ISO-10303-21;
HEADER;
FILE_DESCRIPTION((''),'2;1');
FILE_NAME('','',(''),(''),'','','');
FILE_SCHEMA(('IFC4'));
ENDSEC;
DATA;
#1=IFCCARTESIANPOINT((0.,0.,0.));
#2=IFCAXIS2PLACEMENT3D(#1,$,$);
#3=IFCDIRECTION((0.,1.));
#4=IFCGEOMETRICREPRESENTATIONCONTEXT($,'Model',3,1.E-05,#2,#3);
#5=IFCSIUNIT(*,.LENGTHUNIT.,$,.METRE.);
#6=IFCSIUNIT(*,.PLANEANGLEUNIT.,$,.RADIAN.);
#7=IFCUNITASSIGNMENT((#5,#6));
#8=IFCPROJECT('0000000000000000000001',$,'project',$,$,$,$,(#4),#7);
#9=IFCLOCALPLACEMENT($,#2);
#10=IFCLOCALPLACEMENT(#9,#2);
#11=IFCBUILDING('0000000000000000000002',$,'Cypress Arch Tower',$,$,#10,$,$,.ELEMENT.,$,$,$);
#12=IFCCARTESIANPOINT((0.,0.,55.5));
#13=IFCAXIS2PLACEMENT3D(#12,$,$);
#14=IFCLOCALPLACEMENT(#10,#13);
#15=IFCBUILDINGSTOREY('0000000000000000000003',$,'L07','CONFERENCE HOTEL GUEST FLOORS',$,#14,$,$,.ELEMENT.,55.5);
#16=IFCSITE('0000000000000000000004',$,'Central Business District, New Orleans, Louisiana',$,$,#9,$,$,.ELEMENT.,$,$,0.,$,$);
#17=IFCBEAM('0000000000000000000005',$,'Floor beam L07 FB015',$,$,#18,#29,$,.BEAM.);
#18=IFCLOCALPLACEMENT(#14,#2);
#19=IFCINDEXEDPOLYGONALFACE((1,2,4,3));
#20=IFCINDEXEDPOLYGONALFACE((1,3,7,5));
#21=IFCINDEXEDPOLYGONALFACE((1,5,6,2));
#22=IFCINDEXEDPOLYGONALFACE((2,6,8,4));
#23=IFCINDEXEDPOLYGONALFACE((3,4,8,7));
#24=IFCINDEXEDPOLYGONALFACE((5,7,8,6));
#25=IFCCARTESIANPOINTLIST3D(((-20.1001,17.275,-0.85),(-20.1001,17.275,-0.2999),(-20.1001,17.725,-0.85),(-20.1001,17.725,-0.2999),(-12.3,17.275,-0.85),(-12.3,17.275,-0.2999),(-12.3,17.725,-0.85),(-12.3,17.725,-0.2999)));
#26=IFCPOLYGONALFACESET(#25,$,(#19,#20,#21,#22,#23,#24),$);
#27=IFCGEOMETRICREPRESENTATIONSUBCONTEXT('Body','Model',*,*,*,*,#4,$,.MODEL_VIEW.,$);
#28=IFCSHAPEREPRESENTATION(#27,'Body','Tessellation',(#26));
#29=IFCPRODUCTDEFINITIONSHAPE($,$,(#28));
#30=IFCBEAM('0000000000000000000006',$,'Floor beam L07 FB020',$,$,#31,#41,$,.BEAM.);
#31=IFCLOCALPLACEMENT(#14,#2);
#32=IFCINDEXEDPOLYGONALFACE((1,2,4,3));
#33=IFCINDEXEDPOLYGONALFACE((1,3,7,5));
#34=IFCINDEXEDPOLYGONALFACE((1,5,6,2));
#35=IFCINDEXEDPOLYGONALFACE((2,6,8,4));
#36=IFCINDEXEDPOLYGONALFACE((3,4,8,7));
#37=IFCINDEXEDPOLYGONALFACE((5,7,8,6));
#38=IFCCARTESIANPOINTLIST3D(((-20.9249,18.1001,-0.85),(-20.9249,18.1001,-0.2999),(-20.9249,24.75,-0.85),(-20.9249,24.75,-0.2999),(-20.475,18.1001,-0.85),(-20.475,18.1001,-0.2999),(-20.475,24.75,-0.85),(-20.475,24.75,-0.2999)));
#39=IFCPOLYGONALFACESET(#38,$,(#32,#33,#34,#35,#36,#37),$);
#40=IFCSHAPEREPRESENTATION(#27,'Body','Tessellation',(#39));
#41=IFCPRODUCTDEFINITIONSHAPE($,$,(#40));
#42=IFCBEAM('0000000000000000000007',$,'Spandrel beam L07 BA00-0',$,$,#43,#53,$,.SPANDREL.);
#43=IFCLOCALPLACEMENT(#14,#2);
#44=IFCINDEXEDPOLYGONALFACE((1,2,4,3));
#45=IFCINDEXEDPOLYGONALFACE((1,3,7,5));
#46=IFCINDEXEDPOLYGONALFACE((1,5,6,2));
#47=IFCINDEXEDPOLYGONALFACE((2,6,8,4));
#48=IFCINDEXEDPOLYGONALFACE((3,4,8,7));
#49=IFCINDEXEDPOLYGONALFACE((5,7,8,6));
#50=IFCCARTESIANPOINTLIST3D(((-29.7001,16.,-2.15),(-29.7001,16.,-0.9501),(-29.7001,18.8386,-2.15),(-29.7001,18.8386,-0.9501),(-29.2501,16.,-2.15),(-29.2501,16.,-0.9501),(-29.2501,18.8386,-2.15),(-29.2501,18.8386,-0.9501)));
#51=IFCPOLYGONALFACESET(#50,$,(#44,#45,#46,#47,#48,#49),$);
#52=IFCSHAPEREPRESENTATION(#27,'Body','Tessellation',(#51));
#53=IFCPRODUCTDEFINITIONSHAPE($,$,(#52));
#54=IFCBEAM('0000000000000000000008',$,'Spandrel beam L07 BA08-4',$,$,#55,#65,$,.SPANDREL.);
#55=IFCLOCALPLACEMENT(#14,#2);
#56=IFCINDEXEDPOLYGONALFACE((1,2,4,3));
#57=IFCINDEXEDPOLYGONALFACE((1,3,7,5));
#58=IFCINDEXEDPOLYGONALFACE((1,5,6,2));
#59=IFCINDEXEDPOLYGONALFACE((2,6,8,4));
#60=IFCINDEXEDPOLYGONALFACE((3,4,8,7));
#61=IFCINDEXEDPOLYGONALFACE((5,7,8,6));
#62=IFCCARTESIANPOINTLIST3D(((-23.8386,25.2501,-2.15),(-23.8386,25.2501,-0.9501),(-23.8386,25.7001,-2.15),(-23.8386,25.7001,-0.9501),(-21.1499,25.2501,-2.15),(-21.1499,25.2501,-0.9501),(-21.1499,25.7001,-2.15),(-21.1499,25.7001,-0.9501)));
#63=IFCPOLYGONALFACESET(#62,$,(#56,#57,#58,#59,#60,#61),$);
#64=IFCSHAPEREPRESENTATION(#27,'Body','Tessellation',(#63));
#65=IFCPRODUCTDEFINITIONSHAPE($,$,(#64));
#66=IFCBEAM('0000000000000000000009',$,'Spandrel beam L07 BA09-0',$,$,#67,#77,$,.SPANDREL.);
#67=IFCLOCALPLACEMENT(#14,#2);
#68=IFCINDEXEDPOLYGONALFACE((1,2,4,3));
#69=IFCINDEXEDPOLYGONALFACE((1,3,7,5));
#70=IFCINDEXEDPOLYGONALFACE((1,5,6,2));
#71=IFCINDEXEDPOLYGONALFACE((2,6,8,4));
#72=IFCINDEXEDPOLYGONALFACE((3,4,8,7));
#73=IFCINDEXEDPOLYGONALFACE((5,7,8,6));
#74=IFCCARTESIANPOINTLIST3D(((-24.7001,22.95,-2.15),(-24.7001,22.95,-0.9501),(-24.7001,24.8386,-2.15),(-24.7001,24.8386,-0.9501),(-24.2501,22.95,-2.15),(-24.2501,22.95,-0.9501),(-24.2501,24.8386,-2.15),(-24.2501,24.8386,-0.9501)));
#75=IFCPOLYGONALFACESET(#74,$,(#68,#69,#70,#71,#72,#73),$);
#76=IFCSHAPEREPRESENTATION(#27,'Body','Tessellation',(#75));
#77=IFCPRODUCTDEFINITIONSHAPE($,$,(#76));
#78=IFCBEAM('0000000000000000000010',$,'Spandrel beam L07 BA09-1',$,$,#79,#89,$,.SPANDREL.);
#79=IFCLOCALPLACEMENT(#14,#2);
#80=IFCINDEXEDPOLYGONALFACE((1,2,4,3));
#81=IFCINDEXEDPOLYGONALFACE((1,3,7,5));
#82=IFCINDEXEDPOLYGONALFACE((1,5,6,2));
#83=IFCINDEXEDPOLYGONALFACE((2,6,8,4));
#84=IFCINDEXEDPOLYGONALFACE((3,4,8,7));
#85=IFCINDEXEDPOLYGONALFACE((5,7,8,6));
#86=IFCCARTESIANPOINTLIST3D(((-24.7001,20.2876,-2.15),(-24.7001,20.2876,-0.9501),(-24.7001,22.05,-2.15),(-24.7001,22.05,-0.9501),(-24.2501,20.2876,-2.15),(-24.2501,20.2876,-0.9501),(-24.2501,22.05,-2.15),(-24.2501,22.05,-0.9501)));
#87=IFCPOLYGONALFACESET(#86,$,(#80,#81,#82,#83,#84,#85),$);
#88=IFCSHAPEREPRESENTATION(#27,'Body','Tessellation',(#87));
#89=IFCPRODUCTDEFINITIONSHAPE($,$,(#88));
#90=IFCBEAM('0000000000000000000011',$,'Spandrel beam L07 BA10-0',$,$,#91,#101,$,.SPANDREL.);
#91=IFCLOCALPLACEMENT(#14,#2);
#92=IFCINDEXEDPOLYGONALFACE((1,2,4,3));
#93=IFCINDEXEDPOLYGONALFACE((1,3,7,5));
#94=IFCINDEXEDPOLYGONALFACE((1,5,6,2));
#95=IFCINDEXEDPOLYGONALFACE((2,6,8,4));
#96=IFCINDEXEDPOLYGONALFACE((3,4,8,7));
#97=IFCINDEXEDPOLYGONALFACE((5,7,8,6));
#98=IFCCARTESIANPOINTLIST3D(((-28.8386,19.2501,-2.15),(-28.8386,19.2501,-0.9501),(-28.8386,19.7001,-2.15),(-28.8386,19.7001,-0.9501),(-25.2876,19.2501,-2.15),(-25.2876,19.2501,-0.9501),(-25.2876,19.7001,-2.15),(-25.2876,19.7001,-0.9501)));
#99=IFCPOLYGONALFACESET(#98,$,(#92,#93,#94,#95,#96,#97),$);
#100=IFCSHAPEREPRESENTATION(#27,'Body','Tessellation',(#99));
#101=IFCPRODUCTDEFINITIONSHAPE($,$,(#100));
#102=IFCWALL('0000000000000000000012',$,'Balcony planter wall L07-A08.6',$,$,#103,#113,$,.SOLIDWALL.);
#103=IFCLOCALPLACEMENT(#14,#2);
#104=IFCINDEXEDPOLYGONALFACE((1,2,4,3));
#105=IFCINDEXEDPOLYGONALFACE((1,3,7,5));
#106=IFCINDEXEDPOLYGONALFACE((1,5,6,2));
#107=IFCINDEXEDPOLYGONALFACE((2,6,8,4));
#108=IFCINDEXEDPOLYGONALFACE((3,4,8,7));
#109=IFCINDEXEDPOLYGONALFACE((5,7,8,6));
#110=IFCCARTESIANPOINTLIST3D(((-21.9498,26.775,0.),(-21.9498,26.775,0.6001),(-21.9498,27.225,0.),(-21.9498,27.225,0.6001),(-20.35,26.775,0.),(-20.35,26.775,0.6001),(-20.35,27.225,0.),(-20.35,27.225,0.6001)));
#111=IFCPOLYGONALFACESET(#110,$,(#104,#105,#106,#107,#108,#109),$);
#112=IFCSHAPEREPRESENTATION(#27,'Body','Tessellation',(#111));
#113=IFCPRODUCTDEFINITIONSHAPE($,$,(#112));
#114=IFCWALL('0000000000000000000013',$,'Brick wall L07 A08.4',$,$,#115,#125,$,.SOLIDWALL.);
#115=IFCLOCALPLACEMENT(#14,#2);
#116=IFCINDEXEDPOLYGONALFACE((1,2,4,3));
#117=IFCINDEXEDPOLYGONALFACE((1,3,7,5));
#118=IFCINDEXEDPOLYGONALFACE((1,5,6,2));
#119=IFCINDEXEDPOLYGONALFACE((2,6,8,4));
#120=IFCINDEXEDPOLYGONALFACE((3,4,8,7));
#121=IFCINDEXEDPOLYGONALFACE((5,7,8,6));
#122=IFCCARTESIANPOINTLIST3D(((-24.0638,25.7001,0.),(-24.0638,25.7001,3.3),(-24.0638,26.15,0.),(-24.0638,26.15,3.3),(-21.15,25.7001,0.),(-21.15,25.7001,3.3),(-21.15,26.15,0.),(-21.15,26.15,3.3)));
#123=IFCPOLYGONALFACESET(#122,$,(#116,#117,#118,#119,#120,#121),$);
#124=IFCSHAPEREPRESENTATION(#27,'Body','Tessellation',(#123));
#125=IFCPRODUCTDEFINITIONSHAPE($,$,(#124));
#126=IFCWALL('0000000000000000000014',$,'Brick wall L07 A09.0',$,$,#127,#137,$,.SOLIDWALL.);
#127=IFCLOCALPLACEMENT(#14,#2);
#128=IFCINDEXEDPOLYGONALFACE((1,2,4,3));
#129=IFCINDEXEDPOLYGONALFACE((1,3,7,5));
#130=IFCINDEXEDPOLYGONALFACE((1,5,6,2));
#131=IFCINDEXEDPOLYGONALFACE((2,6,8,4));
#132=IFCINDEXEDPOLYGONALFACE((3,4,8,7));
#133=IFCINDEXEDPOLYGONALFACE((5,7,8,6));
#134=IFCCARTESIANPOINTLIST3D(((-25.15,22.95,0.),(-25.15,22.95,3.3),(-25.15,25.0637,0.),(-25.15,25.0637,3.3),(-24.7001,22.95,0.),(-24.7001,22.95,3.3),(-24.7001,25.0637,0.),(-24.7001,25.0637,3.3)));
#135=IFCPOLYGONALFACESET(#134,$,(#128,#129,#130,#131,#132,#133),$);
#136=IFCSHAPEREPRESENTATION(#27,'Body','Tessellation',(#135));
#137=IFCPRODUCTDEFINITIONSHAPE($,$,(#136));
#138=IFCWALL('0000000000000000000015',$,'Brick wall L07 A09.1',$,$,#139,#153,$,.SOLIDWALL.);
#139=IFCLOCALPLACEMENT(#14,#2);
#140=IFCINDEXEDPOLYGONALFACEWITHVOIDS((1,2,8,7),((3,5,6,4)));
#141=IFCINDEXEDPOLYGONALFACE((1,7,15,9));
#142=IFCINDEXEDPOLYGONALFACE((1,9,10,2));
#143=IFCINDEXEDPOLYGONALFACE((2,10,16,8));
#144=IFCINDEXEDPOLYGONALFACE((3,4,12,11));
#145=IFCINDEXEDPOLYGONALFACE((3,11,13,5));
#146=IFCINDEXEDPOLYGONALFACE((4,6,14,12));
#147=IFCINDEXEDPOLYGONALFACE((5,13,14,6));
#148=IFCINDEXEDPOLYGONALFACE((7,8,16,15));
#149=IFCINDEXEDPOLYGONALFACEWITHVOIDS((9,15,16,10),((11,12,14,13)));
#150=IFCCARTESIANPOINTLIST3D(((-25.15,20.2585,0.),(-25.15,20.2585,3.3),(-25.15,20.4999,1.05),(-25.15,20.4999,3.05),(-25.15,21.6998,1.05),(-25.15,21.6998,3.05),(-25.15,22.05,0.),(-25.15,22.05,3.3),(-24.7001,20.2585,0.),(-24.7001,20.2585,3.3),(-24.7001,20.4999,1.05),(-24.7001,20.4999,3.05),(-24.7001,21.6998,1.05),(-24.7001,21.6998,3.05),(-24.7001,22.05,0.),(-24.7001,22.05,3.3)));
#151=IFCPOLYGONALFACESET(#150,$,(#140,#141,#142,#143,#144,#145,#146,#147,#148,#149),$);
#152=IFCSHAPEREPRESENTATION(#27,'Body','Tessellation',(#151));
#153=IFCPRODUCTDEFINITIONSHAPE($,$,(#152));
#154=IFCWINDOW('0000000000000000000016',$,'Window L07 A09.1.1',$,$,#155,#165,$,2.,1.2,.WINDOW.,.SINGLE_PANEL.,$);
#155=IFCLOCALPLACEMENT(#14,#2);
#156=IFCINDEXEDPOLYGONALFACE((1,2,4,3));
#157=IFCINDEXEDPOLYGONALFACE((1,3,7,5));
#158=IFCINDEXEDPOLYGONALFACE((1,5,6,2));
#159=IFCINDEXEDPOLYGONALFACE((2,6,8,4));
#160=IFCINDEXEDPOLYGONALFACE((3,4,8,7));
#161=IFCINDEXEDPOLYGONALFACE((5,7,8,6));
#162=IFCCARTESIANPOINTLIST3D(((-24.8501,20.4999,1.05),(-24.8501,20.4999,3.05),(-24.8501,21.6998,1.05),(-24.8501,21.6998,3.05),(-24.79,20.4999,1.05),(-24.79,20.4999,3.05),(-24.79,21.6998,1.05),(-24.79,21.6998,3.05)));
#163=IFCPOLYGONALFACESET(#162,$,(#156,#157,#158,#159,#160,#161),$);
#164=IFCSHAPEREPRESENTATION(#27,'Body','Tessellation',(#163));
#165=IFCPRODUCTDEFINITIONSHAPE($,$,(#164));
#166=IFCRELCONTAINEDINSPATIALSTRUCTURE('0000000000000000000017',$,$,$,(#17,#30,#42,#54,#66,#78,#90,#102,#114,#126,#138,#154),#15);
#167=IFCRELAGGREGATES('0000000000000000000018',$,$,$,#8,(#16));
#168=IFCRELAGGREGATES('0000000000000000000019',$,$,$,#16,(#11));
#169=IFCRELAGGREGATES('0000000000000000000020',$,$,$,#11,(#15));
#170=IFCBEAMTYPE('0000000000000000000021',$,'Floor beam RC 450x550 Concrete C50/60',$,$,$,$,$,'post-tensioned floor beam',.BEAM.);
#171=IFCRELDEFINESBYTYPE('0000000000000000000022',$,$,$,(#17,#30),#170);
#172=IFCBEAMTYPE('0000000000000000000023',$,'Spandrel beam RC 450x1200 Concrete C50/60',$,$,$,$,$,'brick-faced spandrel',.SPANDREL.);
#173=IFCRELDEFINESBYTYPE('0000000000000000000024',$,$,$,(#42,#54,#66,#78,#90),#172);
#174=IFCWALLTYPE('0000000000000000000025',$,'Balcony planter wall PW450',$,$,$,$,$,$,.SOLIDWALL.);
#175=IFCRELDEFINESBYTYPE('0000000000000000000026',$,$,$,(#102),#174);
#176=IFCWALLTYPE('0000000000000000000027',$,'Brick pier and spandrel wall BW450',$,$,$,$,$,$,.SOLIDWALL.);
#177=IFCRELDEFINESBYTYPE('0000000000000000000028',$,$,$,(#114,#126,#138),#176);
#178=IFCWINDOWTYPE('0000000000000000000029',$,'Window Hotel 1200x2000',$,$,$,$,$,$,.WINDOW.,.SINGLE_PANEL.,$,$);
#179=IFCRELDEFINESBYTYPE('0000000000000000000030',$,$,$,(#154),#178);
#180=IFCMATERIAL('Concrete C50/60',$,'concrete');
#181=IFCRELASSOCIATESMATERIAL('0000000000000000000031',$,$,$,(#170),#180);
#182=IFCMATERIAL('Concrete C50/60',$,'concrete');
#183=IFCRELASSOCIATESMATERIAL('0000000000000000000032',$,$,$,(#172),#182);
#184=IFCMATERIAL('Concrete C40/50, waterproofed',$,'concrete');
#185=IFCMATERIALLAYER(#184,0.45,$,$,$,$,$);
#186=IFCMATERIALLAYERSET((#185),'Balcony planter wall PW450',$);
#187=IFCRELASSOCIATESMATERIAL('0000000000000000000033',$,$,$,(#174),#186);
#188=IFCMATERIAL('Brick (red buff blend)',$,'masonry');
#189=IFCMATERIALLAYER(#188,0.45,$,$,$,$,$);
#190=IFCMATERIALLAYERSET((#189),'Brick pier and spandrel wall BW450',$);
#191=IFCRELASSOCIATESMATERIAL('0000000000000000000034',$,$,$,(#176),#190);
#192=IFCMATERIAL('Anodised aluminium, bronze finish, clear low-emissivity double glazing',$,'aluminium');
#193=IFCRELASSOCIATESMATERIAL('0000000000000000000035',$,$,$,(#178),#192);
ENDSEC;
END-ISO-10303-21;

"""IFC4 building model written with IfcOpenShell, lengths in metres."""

from ifc_helpers import new_model, si_unit, direction, frame, frame_2d, origin, origin_2d, place, context, subcontext, project, spatial, rectangle, extrude, material, layer, layer_set, material_profile, profile_set, type_object, element, fill, save


model = new_model("IFC4")

# Units and contexts
model_context = context("Model", 3, precision=1e-05, world=origin(), true_north=direction((0.0, 1.0)))
body_context = subcontext(model_context, "Body", "Model", "MODEL_VIEW")
ifc_project = project(units=[si_unit("LENGTHUNIT", "METRE"), si_unit("PLANEANGLEUNIT", "RADIAN")], contexts=[model_context])

# Site, building, storey
site_placement = place(None, origin())
site = spatial("IfcSite", under=ifc_project, at=site_placement, Name="Central Business District, New Orleans, Louisiana", CompositionType="ELEMENT", RefElevation=0.0)
building_placement = place(site_placement, origin())
building = spatial("IfcBuilding", under=site, at=building_placement, Name="Cypress Arch Tower", CompositionType="ELEMENT")
storey_placement = place(building_placement, frame((0.0, 0.0, 55.5)))
storey = spatial("IfcBuildingStorey", under=building, at=storey_placement, Name="L07", Description="CONFERENCE HOTEL GUEST FLOORS", CompositionType="ELEMENT", Elevation=55.5)

# Beams
ifc_material_1 = material(Name="Concrete C50/60", Category="concrete")
ifc_material_profile_1 = material_profile(ifc_material_1, rectangle(XDim=0.45, YDim=0.55, at=origin_2d()), Name="RC 450x550")
ifc_profile_set_1 = profile_set([ifc_material_profile_1], Name="Concrete C50/60")
beam_type_1 = type_object("IfcBeamType", Name="Floor beam RC 450x550 Concrete C50/60", ElementType="post-tensioned floor beam", PredefinedType="BEAM", material=ifc_profile_set_1)
beam_1_placement = place(storey_placement, frame((-20.1001, 17.5, -0.575), z_axis=(1.0, 0.0, 0.0), x_axis=(0.0, 1.0, 0.0)))
element("IfcBeam", 1, at=beam_1_placement, inside=storey, type_object=beam_type_1, Name="Floor beam L07 FB015", PredefinedType="BEAM", context=body_context, shape_type="SweptSolid", body=[
    extrude(rectangle(XDim=0.45, YDim=0.55, at=origin_2d()), origin(), (0.0, 0.0, 1.0), 7.8),
])
beam_2_placement = place(storey_placement, frame((-20.7, 18.1001, -0.575), z_axis=(0.0, 1.0, 0.0), x_axis=(-1.0, 0.0, 0.0)))
element("IfcBeam", 2, at=beam_2_placement, inside=storey, type_object=beam_type_1, Name="Floor beam L07 FB020", PredefinedType="BEAM", context=body_context, shape_type="SweptSolid", body=[
    extrude(rectangle(XDim=0.45, YDim=0.55, at=origin_2d()), origin(), (0.0, 0.0, 1.0), 6.6499),
])
ifc_material_2 = material(Name="Concrete C50/60", Category="concrete")
ifc_material_profile_2 = material_profile(ifc_material_2, rectangle(XDim=0.45, YDim=1.2, at=origin_2d()), Name="RC 450x1200")
ifc_profile_set_2 = profile_set([ifc_material_profile_2], Name="Concrete C50/60")
beam_type_2 = type_object("IfcBeamType", Name="Spandrel beam RC 450x1200 Concrete C50/60", ElementType="brick-faced spandrel", PredefinedType="SPANDREL", material=ifc_profile_set_2)
beam_3_placement = place(storey_placement, frame((-29.4751, 18.8386, -1.55), z_axis=(0.0, -1.0, 0.0), x_axis=(1.0, 0.0, 0.0)))
element("IfcBeam", 3, at=beam_3_placement, inside=storey, type_object=beam_type_2, Name="Spandrel beam L07 BA00-0", PredefinedType="SPANDREL", context=body_context, shape_type="SweptSolid", body=[
    extrude(rectangle(XDim=0.45, YDim=1.2, at=origin_2d()), origin(), (0.0, 0.0, 1.0), 2.8386),
])
beam_4_placement = place(storey_placement, frame((-21.1499, 25.4751, -1.55), z_axis=(-1.0, 0.0, 0.0), x_axis=(0.0, -1.0, 0.0)))
element("IfcBeam", 4, at=beam_4_placement, inside=storey, type_object=beam_type_2, Name="Spandrel beam L07 BA08-4", PredefinedType="SPANDREL", context=body_context, shape_type="SweptSolid", body=[
    extrude(rectangle(XDim=0.45, YDim=1.2, at=origin_2d()), origin(), (0.0, 0.0, 1.0), 2.6887),
])
beam_5_placement = place(storey_placement, frame((-24.4751, 24.8386, -1.55), z_axis=(0.0, -1.0, 0.0), x_axis=(1.0, 0.0, 0.0)))
element("IfcBeam", 5, at=beam_5_placement, inside=storey, type_object=beam_type_2, Name="Spandrel beam L07 BA09-0", PredefinedType="SPANDREL", context=body_context, shape_type="SweptSolid", body=[
    extrude(rectangle(XDim=0.45, YDim=1.2, at=origin_2d()), origin(), (0.0, 0.0, 1.0), 1.8887),
])
beam_6_placement = place(storey_placement, frame((-24.4751, 22.05, -1.55), z_axis=(0.0, -1.0, 0.0), x_axis=(1.0, 0.0, 0.0)))
element("IfcBeam", 6, at=beam_6_placement, inside=storey, type_object=beam_type_2, Name="Spandrel beam L07 BA09-1", PredefinedType="SPANDREL", context=body_context, shape_type="SweptSolid", body=[
    extrude(rectangle(XDim=0.45, YDim=1.2, at=origin_2d()), origin(), (0.0, 0.0, 1.0), 1.7625),
])
beam_7_placement = place(storey_placement, frame((-25.2876, 19.4751, -1.55), z_axis=(-1.0, 0.0, 0.0), x_axis=(0.0, -1.0, 0.0)))
element("IfcBeam", 7, at=beam_7_placement, inside=storey, type_object=beam_type_2, Name="Spandrel beam L07 BA10-0", PredefinedType="SPANDREL", context=body_context, shape_type="SweptSolid", body=[
    extrude(rectangle(XDim=0.45, YDim=1.2, at=origin_2d()), origin(), (0.0, 0.0, 1.0), 3.551),
])

# Wall
ifc_material_3 = material(Name="Concrete C40/50, waterproofed", Category="concrete")
ifc_layer_1 = layer(ifc_material_3, 0.45)
ifc_layer_set_1 = layer_set([ifc_layer_1], Name="Balcony planter wall PW450")
wall_type_1 = type_object("IfcWallType", Name="Balcony planter wall PW450", PredefinedType="SOLIDWALL", material=ifc_layer_set_1)
wall_1_placement = place(storey_placement, frame((-20.3501, 27.0, 0.0), z_axis=(0.0, 0.0, 1.0), x_axis=(-1.0, 0.0, 0.0)))
element("IfcWall", 8, at=wall_1_placement, inside=storey, type_object=wall_type_1, Name="Balcony planter wall L07-A08.6", PredefinedType="SOLIDWALL", context=body_context, shape_type="SweptSolid", body=[
    extrude(rectangle(XDim=1.5999, YDim=0.45, at=frame_2d((0.7998, 0.0))), origin(), (0.0, 0.0, 1.0), 0.6001),
])

# Shared definitions
ifc_material_4 = material(Name="Brick (red buff blend)", Category="masonry")
ifc_layer_2 = layer(ifc_material_4, 0.45)
ifc_layer_set_2 = layer_set([ifc_layer_2], Name="Brick pier and spandrel wall BW450")
wall_type_2 = type_object("IfcWallType", Name="Brick pier and spandrel wall BW450", PredefinedType="SOLIDWALL", material=ifc_layer_set_2)

# Walls
wall_2_placement = place(storey_placement, frame((-21.1499, 25.925, 0.0), z_axis=(0.0, 0.0, 1.0), x_axis=(-1.0, 0.0, 0.0)))
element("IfcWall", 9, at=wall_2_placement, inside=storey, type_object=wall_type_2, Name="Brick wall L07 A08.4", PredefinedType="SOLIDWALL", context=body_context, shape_type="SweptSolid", body=[
    extrude(rectangle(XDim=2.9138, YDim=0.45, at=frame_2d((1.457, 0.0))), origin(), (0.0, 0.0, 1.0), 3.3),
])
wall_3_placement = place(storey_placement, frame((-24.925, 25.0637, 0.0), z_axis=(0.0, 0.0, 1.0), x_axis=(0.0, -1.0, 0.0)))
element("IfcWall", 10, at=wall_3_placement, inside=storey, type_object=wall_type_2, Name="Brick wall L07 A09.0", PredefinedType="SOLIDWALL", context=body_context, shape_type="SweptSolid", body=[
    extrude(rectangle(XDim=2.1138, YDim=0.45, at=frame_2d((1.0569, 0.0))), origin(), (0.0, 0.0, 1.0), 3.3),
])

# Wall, opening, window
wall_4_placement = place(storey_placement, frame((-24.925, 22.05, 0.0), z_axis=(0.0, 0.0, 1.0), x_axis=(0.0, -1.0, 0.0)))
wall_4 = element("IfcWall", 11, at=wall_4_placement, inside=storey, type_object=wall_type_2, Name="Brick wall L07 A09.1", PredefinedType="SOLIDWALL", context=body_context, shape_type="SweptSolid", body=[
    extrude(rectangle(XDim=1.7915, YDim=0.45, at=frame_2d((0.8958, 0.0))), origin(), (0.0, 0.0, 1.0), 3.3),
])
opening_1_placement = place(wall_4_placement, frame((0.3501, 0.0, 1.05)))
opening_1 = element("IfcOpeningElement", 12, at=opening_1_placement, cuts=wall_4, PredefinedType="OPENING", context=body_context, shape_type="SweptSolid", body=[
    extrude(rectangle(XDim=1.2, YDim=2.0, at=frame_2d((0.6001, 1.0))), frame((0.0, 0.2349, 0.0), z_axis=(0.0, -1.0, 0.0), x_axis=(1.0, 0.0, 0.0)), (0.0, 0.0, 1.0), 0.47),
])
ifc_material_5 = material(Name="Anodised aluminium, bronze finish, clear low-emissivity double glazing", Category="aluminium")
window_type_1 = type_object("IfcWindowType", Name="Window Hotel 1200x2000", PartitioningType="SINGLE_PANEL", PredefinedType="WINDOW", material=ifc_material_5)
window_1_placement = place(opening_1_placement, origin())
window_1 = element("IfcWindow", 13, at=window_1_placement, inside=storey, type_object=window_type_1, Name="Window L07 A09.1.1", OverallHeight=2.0, OverallWidth=1.2, PartitioningType="SINGLE_PANEL", PredefinedType="WINDOW", context=body_context, shape_type="SweptSolid", body=[
    extrude(rectangle(XDim=1.2, YDim=2.0, at=frame_2d((0.6001, 1.0))), frame((0.0, 0.135, 0.0), z_axis=(0.0, -1.0, 0.0), x_axis=(1.0, 0.0, 0.0)), (0.0, 0.0, 1.0), 0.0601),
])
fill(opening_1, window_1)

save(model, "model.ifc")
